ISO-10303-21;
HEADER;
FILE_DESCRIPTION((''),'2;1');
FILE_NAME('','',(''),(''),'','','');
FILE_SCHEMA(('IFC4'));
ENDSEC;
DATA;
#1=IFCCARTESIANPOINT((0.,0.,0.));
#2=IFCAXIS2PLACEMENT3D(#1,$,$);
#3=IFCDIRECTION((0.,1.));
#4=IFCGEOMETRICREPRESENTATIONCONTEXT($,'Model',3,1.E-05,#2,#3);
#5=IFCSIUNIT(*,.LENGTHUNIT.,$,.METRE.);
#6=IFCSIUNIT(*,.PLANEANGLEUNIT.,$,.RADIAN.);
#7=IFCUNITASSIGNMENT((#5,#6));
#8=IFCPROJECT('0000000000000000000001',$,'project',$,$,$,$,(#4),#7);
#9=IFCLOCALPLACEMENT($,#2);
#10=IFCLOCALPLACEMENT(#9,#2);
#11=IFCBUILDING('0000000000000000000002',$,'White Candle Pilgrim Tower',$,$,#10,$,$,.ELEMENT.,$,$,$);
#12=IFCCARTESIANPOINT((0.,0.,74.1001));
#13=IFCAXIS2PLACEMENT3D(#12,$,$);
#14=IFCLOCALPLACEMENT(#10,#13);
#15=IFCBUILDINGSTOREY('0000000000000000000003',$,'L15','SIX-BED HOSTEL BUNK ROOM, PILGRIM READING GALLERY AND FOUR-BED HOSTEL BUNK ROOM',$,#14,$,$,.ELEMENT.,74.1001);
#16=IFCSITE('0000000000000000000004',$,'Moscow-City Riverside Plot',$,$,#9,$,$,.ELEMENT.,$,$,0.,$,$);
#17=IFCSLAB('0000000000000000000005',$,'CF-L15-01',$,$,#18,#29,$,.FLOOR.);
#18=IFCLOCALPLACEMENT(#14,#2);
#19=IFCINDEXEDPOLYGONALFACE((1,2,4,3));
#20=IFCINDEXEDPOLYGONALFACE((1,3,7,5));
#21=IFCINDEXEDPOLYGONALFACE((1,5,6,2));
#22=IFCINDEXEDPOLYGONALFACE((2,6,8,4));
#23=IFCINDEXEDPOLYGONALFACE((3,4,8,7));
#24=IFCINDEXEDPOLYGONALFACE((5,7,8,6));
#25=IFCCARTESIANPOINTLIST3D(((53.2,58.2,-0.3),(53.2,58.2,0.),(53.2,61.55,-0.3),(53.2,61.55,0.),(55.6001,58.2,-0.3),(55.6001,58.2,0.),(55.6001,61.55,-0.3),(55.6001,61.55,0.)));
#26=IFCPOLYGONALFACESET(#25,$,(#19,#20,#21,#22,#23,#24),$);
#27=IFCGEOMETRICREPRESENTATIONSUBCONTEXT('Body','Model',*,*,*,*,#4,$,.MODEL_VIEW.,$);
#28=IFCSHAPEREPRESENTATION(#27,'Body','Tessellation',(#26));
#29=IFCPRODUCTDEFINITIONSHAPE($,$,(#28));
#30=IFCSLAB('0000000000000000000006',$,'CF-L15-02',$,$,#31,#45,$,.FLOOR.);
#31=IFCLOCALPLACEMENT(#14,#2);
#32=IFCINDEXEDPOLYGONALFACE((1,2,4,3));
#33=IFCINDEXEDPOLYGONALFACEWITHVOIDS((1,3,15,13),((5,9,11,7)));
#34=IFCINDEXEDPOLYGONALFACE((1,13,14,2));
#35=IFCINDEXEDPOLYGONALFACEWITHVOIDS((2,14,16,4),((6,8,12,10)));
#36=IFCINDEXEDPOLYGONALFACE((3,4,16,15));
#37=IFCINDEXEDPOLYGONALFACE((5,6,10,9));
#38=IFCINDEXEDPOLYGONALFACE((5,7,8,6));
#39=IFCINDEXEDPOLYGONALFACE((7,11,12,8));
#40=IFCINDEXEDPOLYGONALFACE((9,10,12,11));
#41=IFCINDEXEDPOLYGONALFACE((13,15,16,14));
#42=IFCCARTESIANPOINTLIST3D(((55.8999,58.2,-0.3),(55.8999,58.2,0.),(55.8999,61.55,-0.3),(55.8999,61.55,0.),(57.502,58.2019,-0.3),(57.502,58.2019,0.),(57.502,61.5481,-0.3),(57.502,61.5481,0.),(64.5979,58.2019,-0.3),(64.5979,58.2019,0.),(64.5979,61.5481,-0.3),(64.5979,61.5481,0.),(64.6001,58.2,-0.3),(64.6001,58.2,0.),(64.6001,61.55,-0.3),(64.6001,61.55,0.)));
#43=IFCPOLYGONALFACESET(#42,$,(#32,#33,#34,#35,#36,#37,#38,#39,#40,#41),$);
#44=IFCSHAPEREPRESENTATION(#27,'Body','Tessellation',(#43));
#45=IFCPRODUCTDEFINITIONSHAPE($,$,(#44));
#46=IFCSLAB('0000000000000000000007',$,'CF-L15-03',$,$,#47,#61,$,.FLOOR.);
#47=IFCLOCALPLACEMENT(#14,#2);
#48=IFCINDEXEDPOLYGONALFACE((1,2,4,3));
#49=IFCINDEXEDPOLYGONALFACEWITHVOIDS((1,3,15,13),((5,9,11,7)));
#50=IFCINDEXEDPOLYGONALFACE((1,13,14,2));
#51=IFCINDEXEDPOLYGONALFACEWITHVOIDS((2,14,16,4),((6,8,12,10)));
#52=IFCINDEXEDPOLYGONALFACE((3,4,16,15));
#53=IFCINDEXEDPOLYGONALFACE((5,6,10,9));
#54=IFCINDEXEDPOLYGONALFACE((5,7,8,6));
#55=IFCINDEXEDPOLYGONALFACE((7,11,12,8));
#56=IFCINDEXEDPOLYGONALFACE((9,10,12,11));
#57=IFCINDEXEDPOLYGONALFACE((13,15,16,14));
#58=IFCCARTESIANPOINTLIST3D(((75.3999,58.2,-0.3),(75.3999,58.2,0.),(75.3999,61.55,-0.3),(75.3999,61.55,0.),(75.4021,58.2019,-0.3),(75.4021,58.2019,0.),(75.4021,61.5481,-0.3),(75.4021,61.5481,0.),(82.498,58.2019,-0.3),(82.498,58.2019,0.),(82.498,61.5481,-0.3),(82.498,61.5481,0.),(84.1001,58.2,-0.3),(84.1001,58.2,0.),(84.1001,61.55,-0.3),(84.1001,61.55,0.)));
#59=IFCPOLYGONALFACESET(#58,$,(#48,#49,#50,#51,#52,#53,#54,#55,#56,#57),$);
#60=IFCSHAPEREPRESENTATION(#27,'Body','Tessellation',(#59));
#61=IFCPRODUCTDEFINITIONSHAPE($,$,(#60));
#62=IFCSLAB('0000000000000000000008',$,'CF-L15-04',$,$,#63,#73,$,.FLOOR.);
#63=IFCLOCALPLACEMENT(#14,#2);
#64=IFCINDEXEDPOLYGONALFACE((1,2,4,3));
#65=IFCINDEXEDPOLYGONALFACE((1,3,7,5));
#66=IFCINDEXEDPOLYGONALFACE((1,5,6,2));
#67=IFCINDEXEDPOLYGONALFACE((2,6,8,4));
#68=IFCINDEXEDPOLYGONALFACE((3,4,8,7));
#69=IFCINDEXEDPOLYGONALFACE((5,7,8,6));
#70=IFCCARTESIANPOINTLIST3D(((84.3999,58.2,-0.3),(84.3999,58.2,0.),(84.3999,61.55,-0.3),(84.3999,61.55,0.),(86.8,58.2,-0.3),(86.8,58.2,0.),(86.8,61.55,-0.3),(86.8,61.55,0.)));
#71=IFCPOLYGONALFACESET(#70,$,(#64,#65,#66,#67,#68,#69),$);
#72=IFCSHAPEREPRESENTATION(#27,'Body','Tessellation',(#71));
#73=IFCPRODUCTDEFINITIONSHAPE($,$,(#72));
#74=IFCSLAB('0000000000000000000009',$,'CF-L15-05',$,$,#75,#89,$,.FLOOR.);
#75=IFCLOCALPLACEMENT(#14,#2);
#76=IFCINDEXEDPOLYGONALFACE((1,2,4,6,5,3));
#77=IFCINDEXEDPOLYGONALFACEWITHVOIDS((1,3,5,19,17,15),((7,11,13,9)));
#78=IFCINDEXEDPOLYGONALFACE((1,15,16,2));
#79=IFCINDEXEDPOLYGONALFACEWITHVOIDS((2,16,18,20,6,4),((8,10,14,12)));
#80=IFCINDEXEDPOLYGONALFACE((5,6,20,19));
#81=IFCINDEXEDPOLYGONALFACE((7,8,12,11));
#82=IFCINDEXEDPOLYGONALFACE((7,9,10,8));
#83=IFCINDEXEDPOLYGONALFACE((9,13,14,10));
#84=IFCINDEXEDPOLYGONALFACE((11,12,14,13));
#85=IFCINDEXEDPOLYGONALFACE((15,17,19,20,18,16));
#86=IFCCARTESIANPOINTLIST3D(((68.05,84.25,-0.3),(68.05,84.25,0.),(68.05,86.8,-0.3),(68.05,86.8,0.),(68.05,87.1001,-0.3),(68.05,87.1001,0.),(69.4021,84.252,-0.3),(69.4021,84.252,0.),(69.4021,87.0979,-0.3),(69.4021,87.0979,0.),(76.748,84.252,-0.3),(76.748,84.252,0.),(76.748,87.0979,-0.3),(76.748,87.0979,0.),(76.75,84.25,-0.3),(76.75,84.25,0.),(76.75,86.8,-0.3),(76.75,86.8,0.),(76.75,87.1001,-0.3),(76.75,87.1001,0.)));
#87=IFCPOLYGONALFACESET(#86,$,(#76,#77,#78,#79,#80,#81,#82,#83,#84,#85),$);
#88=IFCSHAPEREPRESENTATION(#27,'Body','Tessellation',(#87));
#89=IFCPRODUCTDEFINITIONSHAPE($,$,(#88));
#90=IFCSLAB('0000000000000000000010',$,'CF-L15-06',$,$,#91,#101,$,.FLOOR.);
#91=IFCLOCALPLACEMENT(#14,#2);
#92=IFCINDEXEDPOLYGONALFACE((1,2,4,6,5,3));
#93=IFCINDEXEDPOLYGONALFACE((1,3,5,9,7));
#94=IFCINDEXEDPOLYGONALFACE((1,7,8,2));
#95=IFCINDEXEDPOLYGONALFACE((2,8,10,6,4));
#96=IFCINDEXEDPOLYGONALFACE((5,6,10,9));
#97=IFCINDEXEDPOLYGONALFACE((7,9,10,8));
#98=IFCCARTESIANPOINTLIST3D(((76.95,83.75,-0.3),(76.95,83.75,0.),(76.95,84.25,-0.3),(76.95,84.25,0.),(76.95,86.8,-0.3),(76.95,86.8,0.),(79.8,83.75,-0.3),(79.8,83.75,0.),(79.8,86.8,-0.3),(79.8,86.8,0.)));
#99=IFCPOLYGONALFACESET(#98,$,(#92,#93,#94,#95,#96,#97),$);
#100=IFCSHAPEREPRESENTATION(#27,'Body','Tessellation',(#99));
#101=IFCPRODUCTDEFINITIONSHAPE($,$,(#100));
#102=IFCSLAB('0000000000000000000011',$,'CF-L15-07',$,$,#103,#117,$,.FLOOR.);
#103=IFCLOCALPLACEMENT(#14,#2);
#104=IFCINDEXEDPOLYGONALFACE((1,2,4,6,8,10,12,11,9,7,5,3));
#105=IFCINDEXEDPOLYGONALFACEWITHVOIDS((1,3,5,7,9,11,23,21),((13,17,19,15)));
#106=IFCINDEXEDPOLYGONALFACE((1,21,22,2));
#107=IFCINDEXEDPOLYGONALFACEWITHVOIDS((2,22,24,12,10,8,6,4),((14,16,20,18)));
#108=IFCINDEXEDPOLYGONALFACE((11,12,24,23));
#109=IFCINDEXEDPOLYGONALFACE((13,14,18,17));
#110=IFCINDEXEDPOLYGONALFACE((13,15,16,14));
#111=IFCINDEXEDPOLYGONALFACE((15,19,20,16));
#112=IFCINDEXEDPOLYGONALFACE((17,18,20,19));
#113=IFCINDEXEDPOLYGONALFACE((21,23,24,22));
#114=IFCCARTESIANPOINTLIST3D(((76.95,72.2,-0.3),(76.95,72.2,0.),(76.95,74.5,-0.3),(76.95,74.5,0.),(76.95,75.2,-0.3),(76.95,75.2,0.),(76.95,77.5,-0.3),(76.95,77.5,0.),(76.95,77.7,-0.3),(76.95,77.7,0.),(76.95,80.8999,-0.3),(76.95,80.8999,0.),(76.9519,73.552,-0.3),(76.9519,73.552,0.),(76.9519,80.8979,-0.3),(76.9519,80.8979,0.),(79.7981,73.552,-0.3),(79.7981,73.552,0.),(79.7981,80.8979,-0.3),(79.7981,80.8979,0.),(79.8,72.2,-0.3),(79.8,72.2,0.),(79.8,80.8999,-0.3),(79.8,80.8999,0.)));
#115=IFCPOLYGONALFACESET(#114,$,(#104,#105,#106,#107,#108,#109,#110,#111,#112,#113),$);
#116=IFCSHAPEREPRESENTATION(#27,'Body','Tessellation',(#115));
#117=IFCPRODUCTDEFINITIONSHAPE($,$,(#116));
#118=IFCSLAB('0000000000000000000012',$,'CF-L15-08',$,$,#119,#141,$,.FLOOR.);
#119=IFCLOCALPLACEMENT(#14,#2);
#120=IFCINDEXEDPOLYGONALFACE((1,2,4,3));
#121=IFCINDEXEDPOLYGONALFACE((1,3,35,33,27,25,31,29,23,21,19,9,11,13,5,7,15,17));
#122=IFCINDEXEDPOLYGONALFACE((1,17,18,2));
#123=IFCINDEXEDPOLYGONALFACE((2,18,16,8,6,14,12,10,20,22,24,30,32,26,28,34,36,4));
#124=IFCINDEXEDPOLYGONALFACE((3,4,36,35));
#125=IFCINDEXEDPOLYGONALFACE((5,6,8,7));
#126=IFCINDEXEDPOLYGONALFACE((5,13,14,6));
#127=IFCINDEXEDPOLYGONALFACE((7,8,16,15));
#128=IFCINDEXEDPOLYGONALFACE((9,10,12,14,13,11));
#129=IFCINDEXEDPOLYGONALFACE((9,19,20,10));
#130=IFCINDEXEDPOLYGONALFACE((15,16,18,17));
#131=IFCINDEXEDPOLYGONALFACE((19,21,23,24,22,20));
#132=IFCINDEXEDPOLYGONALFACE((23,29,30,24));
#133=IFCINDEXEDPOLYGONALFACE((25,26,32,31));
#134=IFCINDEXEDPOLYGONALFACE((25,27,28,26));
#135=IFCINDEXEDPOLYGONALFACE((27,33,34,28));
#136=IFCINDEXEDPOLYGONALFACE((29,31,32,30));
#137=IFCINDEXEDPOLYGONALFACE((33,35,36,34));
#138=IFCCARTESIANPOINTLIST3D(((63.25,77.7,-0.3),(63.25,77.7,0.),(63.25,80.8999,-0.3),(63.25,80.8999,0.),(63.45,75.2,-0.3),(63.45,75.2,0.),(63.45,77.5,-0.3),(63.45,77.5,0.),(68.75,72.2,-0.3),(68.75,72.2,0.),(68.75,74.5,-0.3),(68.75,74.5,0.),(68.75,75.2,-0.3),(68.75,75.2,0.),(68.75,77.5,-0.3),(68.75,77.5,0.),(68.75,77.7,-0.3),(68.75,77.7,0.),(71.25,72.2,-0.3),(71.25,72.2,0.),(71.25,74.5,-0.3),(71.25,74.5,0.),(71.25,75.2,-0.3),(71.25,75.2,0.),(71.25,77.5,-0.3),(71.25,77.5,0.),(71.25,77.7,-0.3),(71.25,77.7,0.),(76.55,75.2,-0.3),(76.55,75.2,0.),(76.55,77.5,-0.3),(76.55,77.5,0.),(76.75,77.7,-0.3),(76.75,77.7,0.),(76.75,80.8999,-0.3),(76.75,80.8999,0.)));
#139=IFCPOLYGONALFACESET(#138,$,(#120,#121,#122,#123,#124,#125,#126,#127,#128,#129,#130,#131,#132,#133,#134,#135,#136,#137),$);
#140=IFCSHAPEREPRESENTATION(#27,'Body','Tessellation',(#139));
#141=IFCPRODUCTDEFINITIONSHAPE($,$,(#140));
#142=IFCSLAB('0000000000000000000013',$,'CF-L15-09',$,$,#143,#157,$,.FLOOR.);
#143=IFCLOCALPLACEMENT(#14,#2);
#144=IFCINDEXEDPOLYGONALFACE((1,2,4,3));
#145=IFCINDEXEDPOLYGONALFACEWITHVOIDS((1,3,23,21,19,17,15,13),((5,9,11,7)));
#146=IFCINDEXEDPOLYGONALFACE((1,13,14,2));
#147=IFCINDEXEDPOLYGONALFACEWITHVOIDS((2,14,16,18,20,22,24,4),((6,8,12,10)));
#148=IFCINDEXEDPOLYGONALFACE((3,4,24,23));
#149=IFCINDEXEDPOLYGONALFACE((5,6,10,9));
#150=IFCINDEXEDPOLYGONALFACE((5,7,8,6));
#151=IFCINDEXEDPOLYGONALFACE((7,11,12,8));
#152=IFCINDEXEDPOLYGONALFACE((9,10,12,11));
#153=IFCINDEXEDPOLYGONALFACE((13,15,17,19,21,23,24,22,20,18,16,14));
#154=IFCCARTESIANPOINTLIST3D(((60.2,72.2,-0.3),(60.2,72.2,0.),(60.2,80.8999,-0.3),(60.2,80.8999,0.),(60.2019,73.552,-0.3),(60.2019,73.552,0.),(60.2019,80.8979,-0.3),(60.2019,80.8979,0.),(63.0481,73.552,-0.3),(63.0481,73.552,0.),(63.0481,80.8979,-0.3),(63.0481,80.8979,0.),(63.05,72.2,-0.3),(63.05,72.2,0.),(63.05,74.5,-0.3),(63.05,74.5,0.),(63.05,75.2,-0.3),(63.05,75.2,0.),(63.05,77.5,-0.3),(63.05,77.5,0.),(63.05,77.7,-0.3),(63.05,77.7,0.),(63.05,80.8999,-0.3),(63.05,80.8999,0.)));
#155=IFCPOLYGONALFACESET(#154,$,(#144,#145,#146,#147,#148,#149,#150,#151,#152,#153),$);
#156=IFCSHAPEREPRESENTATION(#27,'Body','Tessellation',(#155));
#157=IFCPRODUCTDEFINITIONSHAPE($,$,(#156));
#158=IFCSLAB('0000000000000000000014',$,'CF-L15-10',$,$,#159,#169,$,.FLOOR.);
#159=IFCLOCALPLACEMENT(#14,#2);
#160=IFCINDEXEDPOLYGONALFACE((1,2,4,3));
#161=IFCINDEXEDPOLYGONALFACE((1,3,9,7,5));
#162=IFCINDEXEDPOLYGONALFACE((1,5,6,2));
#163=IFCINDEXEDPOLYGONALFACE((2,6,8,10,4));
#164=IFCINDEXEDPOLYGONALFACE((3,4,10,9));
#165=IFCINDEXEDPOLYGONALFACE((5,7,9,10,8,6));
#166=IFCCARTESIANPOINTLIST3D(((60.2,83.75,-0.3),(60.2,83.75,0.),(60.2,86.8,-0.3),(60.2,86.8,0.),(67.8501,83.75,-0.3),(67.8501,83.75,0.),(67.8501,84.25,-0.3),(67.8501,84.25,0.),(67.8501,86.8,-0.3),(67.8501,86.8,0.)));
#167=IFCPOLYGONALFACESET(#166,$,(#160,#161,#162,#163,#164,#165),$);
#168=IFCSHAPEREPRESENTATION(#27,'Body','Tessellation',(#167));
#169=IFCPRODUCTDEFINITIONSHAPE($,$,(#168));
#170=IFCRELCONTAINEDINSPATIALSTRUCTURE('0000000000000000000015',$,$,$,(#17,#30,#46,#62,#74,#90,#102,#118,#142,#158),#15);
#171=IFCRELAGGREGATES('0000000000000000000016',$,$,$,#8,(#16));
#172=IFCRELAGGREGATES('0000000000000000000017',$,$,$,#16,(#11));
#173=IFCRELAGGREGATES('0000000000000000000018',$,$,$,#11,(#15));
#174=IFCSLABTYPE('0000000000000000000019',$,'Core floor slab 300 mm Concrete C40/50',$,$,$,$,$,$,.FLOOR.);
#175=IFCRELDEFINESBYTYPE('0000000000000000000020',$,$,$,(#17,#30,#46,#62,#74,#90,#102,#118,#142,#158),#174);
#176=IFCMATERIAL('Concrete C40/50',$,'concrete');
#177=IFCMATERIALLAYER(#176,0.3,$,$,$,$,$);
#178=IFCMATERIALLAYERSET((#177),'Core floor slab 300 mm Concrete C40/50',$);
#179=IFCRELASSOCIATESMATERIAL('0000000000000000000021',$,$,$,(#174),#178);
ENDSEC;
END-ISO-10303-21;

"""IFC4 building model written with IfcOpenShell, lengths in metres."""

from ifc_helpers import new_model, si_unit, direction, frame, origin, place, context, subcontext, project, spatial, polyline, outline, extrude, material, layer, layer_set, type_object, element, save


model = new_model("IFC4")

# Units and contexts
model_context = context("Model", 3, precision=1e-05, world=origin(), true_north=direction((0.0, 1.0)))
body_context = subcontext(model_context, "Body", "Model", "MODEL_VIEW")
ifc_project = project(units=[si_unit("LENGTHUNIT", "METRE"), si_unit("PLANEANGLEUNIT", "RADIAN")], contexts=[model_context])

# Site, building, storey
site_placement = place(None, origin())
site = spatial("IfcSite", under=ifc_project, at=site_placement, Name="Moscow-City Riverside Plot", CompositionType="ELEMENT", RefElevation=0.0)
building_placement = place(site_placement, origin())
building = spatial("IfcBuilding", under=site, at=building_placement, Name="White Candle Pilgrim Tower", CompositionType="ELEMENT")
storey_placement = place(building_placement, frame((0.0, 0.0, 74.1001)))
storey = spatial("IfcBuildingStorey", under=building, at=storey_placement, Name="L15", Description="SIX-BED HOSTEL BUNK ROOM, PILGRIM READING GALLERY AND FOUR-BED HOSTEL BUNK ROOM", CompositionType="ELEMENT", Elevation=74.1001)

# Slabs
ifc_material = material(Name="Concrete C40/50", Category="concrete")
ifc_layer_1 = layer(ifc_material, 0.3)
ifc_layer_set_1 = layer_set([ifc_layer_1], Name="Core floor slab 300 mm Concrete C40/50")
slab_type_1 = type_object("IfcSlabType", Name="Core floor slab 300 mm Concrete C40/50", PredefinedType="FLOOR", material=ifc_layer_set_1)
slab_1_placement = place(storey_placement, frame((0.0, 0.0, -0.3)))
element("IfcSlab", 1, at=slab_1_placement, inside=storey, type_object=slab_type_1, Name="CF-L15-01", PredefinedType="FLOOR", context=body_context, shape_type="SweptSolid", body=[
    extrude(outline(polyline([(55.6001, 58.2), (53.2, 58.2), (53.2, 61.55), (55.6001, 61.55), (55.6001, 58.2)])), origin(), (0.0, 0.0, 1.0), 0.3),
])
slab_2_placement = place(storey_placement, frame((0.0, 0.0, -0.3)))
element("IfcSlab", 2, at=slab_2_placement, inside=storey, type_object=slab_type_1, Name="CF-L15-02", PredefinedType="FLOOR", context=body_context, shape_type="SweptSolid", body=[
    extrude(outline(polyline([(55.8999, 58.2), (55.8999, 61.55), (64.6001, 61.55), (64.6001, 58.2), (55.8999, 58.2)]), holes=[polyline([(57.502, 61.5481), (57.502, 58.2019), (64.5979, 58.2019), (64.5979, 61.5481), (57.502, 61.5481)])]), origin(), (0.0, 0.0, 1.0), 0.3),
])
slab_3_placement = place(storey_placement, frame((0.0, 0.0, -0.3)))
element("IfcSlab", 3, at=slab_3_placement, inside=storey, type_object=slab_type_1, Name="CF-L15-03", PredefinedType="FLOOR", context=body_context, shape_type="SweptSolid", body=[
    extrude(outline(polyline([(75.3999, 58.2), (75.3999, 61.55), (84.1001, 61.55), (84.1001, 58.2), (75.3999, 58.2)]), holes=[polyline([(82.498, 58.2019), (82.498, 61.5481), (75.4021, 61.5481), (75.4021, 58.2019), (82.498, 58.2019)])]), origin(), (0.0, 0.0, 1.0), 0.3),
])
slab_4_placement = place(storey_placement, frame((0.0, 0.0, -0.3)))
element("IfcSlab", 4, at=slab_4_placement, inside=storey, type_object=slab_type_1, Name="CF-L15-04", PredefinedType="FLOOR", context=body_context, shape_type="SweptSolid", body=[
    extrude(outline(polyline([(86.8, 58.2), (84.3999, 58.2), (84.3999, 61.55), (86.8, 61.55), (86.8, 58.2)])), origin(), (0.0, 0.0, 1.0), 0.3),
])
slab_5_placement = place(storey_placement, frame((0.0, 0.0, -0.3)))
element("IfcSlab", 5, at=slab_5_placement, inside=storey, type_object=slab_type_1, Name="CF-L15-05", PredefinedType="FLOOR", context=body_context, shape_type="SweptSolid", body=[
    extrude(outline(polyline([(76.75, 87.1001), (76.75, 86.8), (76.75, 84.25), (68.05, 84.25), (68.05, 86.8), (68.05, 87.1001), (76.75, 87.1001)]), holes=[polyline([(69.4021, 87.0979), (69.4021, 84.252), (76.748, 84.252), (76.748, 87.0979), (69.4021, 87.0979)])]), origin(), (0.0, 0.0, 1.0), 0.3),
])
slab_6_placement = place(storey_placement, frame((0.0, 0.0, -0.3)))
element("IfcSlab", 6, at=slab_6_placement, inside=storey, type_object=slab_type_1, Name="CF-L15-06", PredefinedType="FLOOR", context=body_context, shape_type="SweptSolid", body=[
    extrude(outline(polyline([(79.8, 86.8), (79.8, 83.75), (76.95, 83.75), (76.95, 84.25), (76.95, 86.8), (79.8, 86.8)])), origin(), (0.0, 0.0, 1.0), 0.3),
])
slab_7_placement = place(storey_placement, frame((0.0, 0.0, -0.3)))
element("IfcSlab", 7, at=slab_7_placement, inside=storey, type_object=slab_type_1, Name="CF-L15-07", PredefinedType="FLOOR", context=body_context, shape_type="SweptSolid", body=[
    extrude(outline(polyline([(79.8, 72.2), (76.95, 72.2), (76.95, 74.5), (76.95, 75.2), (76.95, 77.5), (76.95, 77.7), (76.95, 80.8999), (79.8, 80.8999), (79.8, 72.2)]), holes=[polyline([(76.9519, 73.552), (79.7981, 73.552), (79.7981, 80.8979), (76.9519, 80.8979), (76.9519, 73.552)])]), origin(), (0.0, 0.0, 1.0), 0.3),
])
slab_8_placement = place(storey_placement, frame((0.0, 0.0, -0.3)))
element("IfcSlab", 8, at=slab_8_placement, inside=storey, type_object=slab_type_1, Name="CF-L15-08", PredefinedType="FLOOR", context=body_context, shape_type="SweptSolid", body=[
    extrude(outline(polyline([(68.75, 72.2), (68.75, 74.5), (68.75, 75.2), (63.45, 75.2), (63.45, 77.5), (68.75, 77.5), (68.75, 77.7), (63.25, 77.7), (63.25, 80.8999), (76.75, 80.8999), (76.75, 77.7), (71.25, 77.7), (71.25, 77.5), (76.55, 77.5), (76.55, 75.2), (71.25, 75.2), (71.25, 74.5), (71.25, 72.2), (68.75, 72.2)])), origin(), (0.0, 0.0, 1.0), 0.3),
])
slab_9_placement = place(storey_placement, frame((0.0, 0.0, -0.3)))
element("IfcSlab", 9, at=slab_9_placement, inside=storey, type_object=slab_type_1, Name="CF-L15-09", PredefinedType="FLOOR", context=body_context, shape_type="SweptSolid", body=[
    extrude(outline(polyline([(60.2, 72.2), (60.2, 80.8999), (63.05, 80.8999), (63.05, 77.7), (63.05, 77.5), (63.05, 75.2), (63.05, 74.5), (63.05, 72.2), (60.2, 72.2)]), holes=[polyline([(60.2019, 73.552), (63.0481, 73.552), (63.0481, 80.8979), (60.2019, 80.8979), (60.2019, 73.552)])]), origin(), (0.0, 0.0, 1.0), 0.3),
])
slab_10_placement = place(storey_placement, frame((0.0, 0.0, -0.3)))
element("IfcSlab", 10, at=slab_10_placement, inside=storey, type_object=slab_type_1, Name="CF-L15-10", PredefinedType="FLOOR", context=body_context, shape_type="SweptSolid", body=[
    extrude(outline(polyline([(60.2, 86.8), (67.8501, 86.8), (67.8501, 84.25), (67.8501, 83.75), (60.2, 83.75), (60.2, 86.8)])), origin(), (0.0, 0.0, 1.0), 0.3),
])

save(model, "model.ifc")
